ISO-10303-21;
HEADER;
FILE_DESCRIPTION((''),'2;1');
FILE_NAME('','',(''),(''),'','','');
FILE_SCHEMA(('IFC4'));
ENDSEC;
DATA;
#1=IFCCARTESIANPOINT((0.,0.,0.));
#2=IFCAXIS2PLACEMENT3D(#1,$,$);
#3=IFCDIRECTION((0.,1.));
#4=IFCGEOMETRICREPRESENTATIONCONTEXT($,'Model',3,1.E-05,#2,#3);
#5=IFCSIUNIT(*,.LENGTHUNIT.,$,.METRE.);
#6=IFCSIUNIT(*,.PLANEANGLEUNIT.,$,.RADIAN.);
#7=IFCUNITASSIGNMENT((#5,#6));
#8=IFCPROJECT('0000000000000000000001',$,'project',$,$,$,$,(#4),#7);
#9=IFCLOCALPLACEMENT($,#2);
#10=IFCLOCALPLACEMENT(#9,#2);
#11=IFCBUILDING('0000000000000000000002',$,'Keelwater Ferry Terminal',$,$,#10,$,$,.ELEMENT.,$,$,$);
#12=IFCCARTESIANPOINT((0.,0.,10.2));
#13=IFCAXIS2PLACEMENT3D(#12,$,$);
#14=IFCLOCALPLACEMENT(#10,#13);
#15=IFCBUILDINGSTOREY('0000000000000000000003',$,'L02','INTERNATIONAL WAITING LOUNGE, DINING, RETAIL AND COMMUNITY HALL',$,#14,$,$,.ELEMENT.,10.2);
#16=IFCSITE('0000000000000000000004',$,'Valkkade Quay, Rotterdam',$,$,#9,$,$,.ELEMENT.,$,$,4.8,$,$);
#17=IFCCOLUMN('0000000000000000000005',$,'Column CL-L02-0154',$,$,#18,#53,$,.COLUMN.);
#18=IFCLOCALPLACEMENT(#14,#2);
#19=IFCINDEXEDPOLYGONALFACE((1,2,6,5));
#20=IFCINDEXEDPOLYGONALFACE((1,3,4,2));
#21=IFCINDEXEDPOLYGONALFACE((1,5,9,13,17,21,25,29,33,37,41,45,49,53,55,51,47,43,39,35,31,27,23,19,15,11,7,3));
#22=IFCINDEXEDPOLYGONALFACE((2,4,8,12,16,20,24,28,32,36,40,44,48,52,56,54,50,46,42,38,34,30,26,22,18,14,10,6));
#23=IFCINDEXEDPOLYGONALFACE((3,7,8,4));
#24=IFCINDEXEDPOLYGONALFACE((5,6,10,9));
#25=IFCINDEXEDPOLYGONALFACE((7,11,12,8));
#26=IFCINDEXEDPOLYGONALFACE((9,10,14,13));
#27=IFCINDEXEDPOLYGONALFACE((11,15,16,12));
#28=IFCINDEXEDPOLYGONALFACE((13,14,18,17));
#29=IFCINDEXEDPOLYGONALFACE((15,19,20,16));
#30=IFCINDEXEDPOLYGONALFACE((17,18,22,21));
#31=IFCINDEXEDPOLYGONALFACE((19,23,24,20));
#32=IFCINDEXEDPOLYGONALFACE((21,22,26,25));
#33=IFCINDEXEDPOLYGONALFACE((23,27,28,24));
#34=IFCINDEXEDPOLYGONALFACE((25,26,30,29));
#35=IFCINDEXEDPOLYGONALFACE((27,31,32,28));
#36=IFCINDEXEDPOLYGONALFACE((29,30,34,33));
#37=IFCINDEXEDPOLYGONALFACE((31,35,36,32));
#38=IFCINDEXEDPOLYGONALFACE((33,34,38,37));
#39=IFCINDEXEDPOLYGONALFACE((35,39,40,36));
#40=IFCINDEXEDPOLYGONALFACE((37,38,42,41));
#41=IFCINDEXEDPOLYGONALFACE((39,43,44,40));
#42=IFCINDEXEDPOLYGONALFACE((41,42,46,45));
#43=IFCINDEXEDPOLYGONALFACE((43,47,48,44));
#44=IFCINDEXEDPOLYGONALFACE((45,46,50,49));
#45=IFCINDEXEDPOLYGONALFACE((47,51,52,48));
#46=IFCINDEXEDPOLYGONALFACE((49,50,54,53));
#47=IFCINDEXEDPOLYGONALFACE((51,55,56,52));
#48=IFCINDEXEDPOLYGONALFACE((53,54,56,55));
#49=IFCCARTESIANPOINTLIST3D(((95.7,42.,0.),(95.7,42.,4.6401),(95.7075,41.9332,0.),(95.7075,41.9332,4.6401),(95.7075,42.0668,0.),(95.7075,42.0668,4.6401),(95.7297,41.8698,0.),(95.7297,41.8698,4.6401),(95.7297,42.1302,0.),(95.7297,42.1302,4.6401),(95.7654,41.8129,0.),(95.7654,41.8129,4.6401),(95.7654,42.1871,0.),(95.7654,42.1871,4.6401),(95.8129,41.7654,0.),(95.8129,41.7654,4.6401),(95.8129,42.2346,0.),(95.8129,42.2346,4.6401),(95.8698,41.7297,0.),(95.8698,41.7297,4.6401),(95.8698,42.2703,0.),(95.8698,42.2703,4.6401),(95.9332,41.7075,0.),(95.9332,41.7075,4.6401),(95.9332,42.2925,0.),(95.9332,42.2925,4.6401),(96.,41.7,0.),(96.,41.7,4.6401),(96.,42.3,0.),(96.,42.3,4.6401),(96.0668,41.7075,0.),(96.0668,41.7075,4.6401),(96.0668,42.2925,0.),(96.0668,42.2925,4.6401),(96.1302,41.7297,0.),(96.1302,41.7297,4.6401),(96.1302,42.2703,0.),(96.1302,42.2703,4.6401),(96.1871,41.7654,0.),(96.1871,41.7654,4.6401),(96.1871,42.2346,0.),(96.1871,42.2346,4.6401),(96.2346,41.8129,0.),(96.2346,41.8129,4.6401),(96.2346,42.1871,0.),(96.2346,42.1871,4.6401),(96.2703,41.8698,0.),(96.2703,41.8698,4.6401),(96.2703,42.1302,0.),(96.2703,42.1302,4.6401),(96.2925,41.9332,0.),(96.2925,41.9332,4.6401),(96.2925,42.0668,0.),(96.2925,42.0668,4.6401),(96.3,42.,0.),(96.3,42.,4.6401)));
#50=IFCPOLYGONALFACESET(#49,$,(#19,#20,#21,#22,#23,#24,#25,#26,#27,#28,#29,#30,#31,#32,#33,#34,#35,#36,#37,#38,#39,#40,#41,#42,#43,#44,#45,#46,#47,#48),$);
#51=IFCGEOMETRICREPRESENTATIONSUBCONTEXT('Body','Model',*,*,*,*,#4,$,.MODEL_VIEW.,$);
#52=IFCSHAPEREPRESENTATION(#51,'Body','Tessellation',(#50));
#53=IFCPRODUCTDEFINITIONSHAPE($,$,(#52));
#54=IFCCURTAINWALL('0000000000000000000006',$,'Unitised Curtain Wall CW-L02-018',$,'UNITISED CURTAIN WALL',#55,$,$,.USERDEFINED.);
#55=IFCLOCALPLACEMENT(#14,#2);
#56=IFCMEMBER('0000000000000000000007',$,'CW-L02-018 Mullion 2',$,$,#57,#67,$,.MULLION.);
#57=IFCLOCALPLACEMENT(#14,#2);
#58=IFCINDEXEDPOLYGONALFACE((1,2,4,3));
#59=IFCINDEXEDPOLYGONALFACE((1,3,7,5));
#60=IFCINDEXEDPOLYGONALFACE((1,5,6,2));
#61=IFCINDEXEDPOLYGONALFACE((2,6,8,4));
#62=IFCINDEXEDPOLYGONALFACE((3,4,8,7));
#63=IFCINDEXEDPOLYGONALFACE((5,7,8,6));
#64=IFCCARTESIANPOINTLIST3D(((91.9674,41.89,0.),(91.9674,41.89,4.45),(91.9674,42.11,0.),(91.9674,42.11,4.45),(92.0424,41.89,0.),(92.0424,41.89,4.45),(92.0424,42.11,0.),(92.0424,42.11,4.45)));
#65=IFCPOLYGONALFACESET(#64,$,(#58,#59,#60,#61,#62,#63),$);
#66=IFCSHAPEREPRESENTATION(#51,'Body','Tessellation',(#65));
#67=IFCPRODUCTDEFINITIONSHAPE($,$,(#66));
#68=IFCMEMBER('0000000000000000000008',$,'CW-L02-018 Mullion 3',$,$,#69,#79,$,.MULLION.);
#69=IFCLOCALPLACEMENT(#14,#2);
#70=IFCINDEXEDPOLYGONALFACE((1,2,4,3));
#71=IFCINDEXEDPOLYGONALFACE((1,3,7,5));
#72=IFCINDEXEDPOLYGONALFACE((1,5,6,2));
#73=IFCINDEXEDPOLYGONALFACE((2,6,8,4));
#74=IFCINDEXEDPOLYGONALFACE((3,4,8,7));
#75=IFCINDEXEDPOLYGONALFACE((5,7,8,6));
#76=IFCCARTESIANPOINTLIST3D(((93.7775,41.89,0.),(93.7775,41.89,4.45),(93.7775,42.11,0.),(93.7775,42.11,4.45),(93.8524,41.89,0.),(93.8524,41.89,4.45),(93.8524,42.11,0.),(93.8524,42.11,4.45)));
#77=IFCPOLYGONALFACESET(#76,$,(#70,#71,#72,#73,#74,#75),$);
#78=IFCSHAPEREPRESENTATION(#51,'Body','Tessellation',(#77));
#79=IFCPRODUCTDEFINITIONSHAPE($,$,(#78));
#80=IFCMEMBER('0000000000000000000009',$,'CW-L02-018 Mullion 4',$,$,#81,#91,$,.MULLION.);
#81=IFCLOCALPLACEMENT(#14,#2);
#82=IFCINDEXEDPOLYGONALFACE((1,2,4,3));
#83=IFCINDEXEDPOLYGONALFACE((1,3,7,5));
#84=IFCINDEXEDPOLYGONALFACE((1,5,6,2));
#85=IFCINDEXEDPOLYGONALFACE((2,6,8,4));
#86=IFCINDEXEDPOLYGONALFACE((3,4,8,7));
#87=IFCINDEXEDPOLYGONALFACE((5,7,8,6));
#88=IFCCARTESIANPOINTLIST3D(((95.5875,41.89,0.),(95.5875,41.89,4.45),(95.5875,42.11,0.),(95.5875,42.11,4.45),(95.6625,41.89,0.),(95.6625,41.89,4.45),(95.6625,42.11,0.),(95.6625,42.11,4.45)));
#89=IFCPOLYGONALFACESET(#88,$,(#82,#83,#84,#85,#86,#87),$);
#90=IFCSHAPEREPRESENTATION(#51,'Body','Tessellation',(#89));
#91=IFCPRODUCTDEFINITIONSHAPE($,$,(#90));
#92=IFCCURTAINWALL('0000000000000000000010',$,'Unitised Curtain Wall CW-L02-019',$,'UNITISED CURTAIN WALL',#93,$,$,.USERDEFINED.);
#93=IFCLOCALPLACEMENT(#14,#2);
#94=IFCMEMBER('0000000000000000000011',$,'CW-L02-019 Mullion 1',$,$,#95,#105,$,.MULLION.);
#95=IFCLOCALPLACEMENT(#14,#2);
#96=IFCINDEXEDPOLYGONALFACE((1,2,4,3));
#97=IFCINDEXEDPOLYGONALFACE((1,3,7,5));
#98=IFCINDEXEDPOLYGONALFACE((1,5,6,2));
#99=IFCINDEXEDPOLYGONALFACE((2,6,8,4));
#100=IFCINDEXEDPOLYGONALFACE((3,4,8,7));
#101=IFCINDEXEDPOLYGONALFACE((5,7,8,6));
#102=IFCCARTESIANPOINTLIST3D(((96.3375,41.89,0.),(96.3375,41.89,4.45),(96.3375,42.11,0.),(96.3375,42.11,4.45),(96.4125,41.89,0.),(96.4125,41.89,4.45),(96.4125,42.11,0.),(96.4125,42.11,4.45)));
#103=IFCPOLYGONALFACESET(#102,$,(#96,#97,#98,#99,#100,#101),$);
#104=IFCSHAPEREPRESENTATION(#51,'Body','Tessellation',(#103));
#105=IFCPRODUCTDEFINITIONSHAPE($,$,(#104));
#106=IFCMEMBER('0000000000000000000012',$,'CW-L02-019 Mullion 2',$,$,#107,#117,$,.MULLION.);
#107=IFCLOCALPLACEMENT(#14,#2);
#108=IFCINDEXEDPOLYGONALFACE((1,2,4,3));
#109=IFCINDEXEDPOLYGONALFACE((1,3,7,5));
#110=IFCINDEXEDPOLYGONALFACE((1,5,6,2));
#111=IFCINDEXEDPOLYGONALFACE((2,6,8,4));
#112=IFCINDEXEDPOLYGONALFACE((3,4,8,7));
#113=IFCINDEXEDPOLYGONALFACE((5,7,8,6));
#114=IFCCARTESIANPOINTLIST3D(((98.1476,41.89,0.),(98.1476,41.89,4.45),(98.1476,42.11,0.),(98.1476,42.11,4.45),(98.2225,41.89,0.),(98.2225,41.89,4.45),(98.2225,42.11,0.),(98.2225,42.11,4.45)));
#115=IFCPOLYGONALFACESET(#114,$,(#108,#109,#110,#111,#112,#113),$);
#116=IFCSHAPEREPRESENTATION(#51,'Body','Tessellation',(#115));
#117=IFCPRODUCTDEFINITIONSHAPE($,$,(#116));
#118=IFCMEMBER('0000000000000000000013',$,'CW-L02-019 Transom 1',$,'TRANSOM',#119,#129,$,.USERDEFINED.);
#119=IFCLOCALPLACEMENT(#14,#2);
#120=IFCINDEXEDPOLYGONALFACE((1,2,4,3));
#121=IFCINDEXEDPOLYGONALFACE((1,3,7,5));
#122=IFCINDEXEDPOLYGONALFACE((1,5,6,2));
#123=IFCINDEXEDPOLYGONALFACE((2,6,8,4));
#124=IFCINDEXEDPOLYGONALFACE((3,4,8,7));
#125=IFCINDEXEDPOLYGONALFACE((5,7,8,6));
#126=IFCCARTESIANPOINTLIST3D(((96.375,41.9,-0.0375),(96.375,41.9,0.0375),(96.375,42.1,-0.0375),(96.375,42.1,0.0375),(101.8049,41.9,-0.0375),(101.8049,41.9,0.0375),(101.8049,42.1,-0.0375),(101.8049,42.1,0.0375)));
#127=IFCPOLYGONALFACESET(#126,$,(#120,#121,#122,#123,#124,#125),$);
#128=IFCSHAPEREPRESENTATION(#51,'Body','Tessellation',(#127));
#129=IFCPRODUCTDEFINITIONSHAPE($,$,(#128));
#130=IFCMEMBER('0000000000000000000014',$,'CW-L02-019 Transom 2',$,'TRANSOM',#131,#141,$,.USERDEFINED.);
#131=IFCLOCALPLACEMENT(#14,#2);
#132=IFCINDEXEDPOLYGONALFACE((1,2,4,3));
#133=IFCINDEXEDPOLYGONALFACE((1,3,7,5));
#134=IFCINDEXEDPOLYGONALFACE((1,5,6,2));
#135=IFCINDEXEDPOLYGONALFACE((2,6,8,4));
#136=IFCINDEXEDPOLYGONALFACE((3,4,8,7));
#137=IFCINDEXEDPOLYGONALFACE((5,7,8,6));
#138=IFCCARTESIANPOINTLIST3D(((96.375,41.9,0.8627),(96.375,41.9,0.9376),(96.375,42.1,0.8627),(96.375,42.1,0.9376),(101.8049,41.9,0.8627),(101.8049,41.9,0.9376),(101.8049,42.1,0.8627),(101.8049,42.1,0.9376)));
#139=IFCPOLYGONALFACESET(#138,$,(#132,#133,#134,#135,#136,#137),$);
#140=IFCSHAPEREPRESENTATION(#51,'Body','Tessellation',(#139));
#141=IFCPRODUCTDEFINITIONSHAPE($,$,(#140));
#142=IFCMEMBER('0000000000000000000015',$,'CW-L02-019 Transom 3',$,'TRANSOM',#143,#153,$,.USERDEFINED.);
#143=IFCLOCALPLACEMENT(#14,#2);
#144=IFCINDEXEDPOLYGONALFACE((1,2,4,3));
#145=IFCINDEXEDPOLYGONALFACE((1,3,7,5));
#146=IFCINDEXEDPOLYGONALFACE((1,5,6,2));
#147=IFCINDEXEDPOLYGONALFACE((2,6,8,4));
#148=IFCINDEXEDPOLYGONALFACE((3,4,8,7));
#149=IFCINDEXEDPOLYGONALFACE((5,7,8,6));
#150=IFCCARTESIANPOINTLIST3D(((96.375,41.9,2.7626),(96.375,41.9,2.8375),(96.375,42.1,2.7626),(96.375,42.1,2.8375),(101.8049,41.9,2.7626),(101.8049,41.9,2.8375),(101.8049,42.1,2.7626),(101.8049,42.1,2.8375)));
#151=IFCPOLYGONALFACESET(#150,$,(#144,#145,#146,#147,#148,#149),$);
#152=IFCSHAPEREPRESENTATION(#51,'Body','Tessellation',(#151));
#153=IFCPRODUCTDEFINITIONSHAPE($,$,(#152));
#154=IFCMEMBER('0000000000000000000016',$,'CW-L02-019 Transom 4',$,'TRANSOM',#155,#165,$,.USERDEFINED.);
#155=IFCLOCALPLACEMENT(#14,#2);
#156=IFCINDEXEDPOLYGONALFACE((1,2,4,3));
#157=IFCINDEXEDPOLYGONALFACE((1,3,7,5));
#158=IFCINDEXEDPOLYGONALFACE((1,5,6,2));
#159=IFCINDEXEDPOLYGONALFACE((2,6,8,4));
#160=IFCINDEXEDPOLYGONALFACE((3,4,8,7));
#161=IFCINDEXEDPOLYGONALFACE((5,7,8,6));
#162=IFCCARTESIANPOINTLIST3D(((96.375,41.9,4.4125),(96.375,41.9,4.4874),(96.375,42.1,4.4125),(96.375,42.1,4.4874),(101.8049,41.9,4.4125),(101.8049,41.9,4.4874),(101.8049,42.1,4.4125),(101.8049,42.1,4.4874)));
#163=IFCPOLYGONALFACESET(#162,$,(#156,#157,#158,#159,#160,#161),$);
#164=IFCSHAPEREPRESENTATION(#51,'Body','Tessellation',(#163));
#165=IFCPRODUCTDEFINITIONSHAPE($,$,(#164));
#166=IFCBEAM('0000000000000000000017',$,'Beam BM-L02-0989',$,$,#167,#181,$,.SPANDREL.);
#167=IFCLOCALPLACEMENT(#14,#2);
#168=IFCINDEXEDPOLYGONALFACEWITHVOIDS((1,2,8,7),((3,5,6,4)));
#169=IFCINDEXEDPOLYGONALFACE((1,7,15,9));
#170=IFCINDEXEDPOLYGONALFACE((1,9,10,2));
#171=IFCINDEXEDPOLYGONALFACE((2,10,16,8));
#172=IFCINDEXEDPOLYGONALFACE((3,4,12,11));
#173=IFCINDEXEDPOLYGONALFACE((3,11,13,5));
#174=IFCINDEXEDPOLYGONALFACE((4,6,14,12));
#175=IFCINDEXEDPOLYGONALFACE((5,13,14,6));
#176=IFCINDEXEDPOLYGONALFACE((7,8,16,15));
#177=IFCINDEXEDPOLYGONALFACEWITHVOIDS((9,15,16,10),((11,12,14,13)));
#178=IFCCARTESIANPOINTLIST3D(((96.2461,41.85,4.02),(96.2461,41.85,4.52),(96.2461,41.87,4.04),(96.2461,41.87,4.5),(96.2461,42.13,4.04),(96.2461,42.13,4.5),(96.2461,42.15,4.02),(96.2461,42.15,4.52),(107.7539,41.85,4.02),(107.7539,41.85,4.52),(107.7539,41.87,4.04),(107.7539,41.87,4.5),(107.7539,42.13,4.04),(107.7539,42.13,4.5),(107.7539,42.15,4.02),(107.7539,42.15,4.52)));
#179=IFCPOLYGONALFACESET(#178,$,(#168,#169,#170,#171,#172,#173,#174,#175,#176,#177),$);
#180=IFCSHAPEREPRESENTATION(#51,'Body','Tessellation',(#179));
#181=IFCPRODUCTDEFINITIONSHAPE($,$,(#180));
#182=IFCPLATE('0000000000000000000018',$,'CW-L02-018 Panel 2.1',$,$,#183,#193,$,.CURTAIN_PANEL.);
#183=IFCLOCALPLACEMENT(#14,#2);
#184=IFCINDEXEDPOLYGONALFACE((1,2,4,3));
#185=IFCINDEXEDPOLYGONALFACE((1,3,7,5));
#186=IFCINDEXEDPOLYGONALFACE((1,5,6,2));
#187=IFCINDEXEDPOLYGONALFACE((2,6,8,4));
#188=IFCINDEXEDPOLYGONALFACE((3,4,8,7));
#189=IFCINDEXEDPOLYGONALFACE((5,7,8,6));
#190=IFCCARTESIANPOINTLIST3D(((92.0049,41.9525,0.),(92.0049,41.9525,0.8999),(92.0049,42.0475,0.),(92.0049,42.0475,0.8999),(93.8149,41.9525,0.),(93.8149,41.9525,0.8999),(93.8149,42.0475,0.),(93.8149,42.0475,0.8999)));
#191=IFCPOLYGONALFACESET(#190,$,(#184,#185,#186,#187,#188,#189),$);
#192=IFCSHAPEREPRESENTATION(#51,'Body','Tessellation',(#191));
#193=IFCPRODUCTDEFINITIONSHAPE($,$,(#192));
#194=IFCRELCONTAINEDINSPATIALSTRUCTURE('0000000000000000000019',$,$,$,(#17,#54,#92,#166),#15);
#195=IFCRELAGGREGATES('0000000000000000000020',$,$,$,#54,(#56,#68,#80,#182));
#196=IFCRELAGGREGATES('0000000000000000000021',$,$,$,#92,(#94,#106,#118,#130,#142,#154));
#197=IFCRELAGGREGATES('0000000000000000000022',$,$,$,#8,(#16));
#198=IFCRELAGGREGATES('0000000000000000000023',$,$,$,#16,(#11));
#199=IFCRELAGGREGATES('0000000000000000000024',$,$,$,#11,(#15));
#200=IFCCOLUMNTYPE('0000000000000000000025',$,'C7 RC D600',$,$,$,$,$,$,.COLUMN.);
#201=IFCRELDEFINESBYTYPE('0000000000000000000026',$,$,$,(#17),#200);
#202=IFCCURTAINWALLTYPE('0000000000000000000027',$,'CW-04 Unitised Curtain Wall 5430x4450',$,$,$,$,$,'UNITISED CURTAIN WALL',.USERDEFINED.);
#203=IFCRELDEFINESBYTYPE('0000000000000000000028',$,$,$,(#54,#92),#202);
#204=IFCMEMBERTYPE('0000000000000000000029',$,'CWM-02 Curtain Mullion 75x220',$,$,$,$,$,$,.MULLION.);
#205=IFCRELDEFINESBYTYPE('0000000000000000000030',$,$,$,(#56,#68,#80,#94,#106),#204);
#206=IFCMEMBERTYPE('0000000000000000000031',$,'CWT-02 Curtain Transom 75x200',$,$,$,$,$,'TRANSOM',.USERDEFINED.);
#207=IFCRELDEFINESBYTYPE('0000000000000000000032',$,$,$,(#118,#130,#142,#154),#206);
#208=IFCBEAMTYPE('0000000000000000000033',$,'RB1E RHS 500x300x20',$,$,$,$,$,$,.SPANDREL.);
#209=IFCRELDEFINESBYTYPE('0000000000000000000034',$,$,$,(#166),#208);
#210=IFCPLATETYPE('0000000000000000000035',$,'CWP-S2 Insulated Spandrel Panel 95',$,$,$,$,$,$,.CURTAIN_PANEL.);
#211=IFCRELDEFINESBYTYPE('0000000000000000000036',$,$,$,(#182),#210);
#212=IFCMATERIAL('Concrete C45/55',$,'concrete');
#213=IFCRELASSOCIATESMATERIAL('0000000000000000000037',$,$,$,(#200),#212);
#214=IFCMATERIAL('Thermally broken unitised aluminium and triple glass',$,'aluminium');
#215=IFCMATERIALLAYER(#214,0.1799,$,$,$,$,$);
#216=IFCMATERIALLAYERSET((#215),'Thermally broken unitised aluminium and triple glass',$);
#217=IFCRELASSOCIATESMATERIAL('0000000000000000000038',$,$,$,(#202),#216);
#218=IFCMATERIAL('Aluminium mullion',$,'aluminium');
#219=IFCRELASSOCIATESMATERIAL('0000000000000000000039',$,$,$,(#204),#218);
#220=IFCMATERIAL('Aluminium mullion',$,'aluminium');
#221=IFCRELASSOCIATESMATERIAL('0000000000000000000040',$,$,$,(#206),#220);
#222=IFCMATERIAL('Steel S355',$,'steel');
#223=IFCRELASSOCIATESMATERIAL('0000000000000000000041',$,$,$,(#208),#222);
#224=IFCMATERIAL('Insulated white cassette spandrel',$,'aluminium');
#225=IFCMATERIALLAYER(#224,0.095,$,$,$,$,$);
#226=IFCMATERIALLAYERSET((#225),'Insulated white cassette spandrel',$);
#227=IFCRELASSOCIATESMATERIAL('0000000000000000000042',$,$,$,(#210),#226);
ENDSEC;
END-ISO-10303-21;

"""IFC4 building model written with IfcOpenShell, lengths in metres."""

from ifc_helpers import new_model, si_unit, direction, frame, origin, origin_2d, place, context, subcontext, project, spatial, rectangle, hollow_rectangle, circle, extrude, material, layer, layer_set, material_profile, profile_set, type_object, element, aggregate, save


model = new_model("IFC4")

# Units and contexts
model_context = context("Model", 3, precision=1e-05, world=origin(), true_north=direction((0.0, 1.0)))
body_context = subcontext(model_context, "Body", "Model", "MODEL_VIEW")
ifc_project = project(units=[si_unit("LENGTHUNIT", "METRE"), si_unit("PLANEANGLEUNIT", "RADIAN")], contexts=[model_context])

# Site, building, storey
site_placement = place(None, origin())
site = spatial("IfcSite", under=ifc_project, at=site_placement, Name="Valkkade Quay, Rotterdam", CompositionType="ELEMENT", RefElevation=4.8)
building_placement = place(site_placement, origin())
building = spatial("IfcBuilding", under=site, at=building_placement, Name="Keelwater Ferry Terminal", CompositionType="ELEMENT")
storey_placement = place(building_placement, frame((0.0, 0.0, 10.2)))
storey = spatial("IfcBuildingStorey", under=building, at=storey_placement, Name="L02", Description="INTERNATIONAL WAITING LOUNGE, DINING, RETAIL AND COMMUNITY HALL", CompositionType="ELEMENT", Elevation=10.2)

# Column
ifc_material_1 = material(Name="Concrete C45/55", Category="concrete")
ifc_material_profile_1 = material_profile(ifc_material_1, circle(Radius=0.3, at=origin_2d()), Name="RC D600")
ifc_profile_set_1 = profile_set([ifc_material_profile_1], Name="Concrete C45/55")
column_type = type_object("IfcColumnType", Name="C7 RC D600", PredefinedType="COLUMN", material=ifc_profile_set_1)
column_placement = place(storey_placement, frame((96.0, 42.0, 0.0), z_axis=(0.0, 0.0, 1.0), x_axis=(1.0, 0.0, 0.0)))
element("IfcColumn", 1, at=column_placement, inside=storey, type_object=column_type, Name="Column CL-L02-0154", PredefinedType="COLUMN", context=body_context, shape_type="SweptSolid", body=[
    extrude(circle(Radius=0.3, at=origin_2d()), origin(), (0.0, 0.0, 1.0), 4.6401),
])

# Curtain walls, members
ifc_material_2 = material(Name="Thermally broken unitised aluminium and triple glass", Category="aluminium")
ifc_layer_1 = layer(ifc_material_2, 0.1799)
ifc_layer_set_1 = layer_set([ifc_layer_1], Name="Thermally broken unitised aluminium and triple glass")
curtain_wall_type = type_object("IfcCurtainWallType", Name="CW-04 Unitised Curtain Wall 5430x4450", ElementType="UNITISED CURTAIN WALL", PredefinedType="USERDEFINED", material=ifc_layer_set_1)
curtain_wall_1_placement = place(storey_placement, origin())
curtain_wall_1 = element("IfcCurtainWall", 2, at=curtain_wall_1_placement, inside=storey, type_object=curtain_wall_type, Name="Unitised Curtain Wall CW-L02-018", ObjectType="UNITISED CURTAIN WALL", PredefinedType="USERDEFINED")
ifc_material_3 = material(Name="Aluminium mullion", Category="aluminium")
ifc_material_profile_2 = material_profile(ifc_material_3, rectangle(XDim=0.075, YDim=0.22, at=origin_2d()), Name="CWM-02")
ifc_profile_set_2 = profile_set([ifc_material_profile_2], Name="Aluminium mullion")
member_type_1 = type_object("IfcMemberType", Name="CWM-02 Curtain Mullion 75x220", PredefinedType="MULLION", material=ifc_profile_set_2)
member_1_placement = place(storey_placement, frame((92.0049, 42.0, 0.0), z_axis=(0.0, 0.0, 1.0), x_axis=(1.0, 0.0, 0.0)))
member_1 = element("IfcMember", 3, at=member_1_placement, type_object=member_type_1, Name="CW-L02-018 Mullion 2", PredefinedType="MULLION", context=body_context, shape_type="SweptSolid", body=[
    extrude(rectangle(XDim=0.075, YDim=0.22, at=origin_2d()), origin(), (0.0, 0.0, 1.0), 4.45),
])
member_2_placement = place(storey_placement, frame((93.8149, 42.0, 0.0), z_axis=(0.0, 0.0, 1.0), x_axis=(1.0, 0.0, 0.0)))
member_2 = element("IfcMember", 4, at=member_2_placement, type_object=member_type_1, Name="CW-L02-018 Mullion 3", PredefinedType="MULLION", context=body_context, shape_type="SweptSolid", body=[
    extrude(rectangle(XDim=0.075, YDim=0.22, at=origin_2d()), origin(), (0.0, 0.0, 1.0), 4.45),
])
member_3_placement = place(storey_placement, frame((95.625, 42.0, 0.0), z_axis=(0.0, 0.0, 1.0), x_axis=(1.0, 0.0, 0.0)))
member_3 = element("IfcMember", 5, at=member_3_placement, type_object=member_type_1, Name="CW-L02-018 Mullion 4", PredefinedType="MULLION", context=body_context, shape_type="SweptSolid", body=[
    extrude(rectangle(XDim=0.075, YDim=0.22, at=origin_2d()), origin(), (0.0, 0.0, 1.0), 4.45),
])
curtain_wall_2_placement = place(storey_placement, origin())
curtain_wall_2 = element("IfcCurtainWall", 6, at=curtain_wall_2_placement, inside=storey, type_object=curtain_wall_type, Name="Unitised Curtain Wall CW-L02-019", ObjectType="UNITISED CURTAIN WALL", PredefinedType="USERDEFINED")
member_4_placement = place(storey_placement, frame((96.375, 42.0, 0.0), z_axis=(0.0, 0.0, 1.0), x_axis=(1.0, 0.0, 0.0)))
member_4 = element("IfcMember", 7, at=member_4_placement, type_object=member_type_1, Name="CW-L02-019 Mullion 1", PredefinedType="MULLION", context=body_context, shape_type="SweptSolid", body=[
    extrude(rectangle(XDim=0.075, YDim=0.22, at=origin_2d()), origin(), (0.0, 0.0, 1.0), 4.45),
])
member_5_placement = place(storey_placement, frame((98.1851, 42.0, 0.0), z_axis=(0.0, 0.0, 1.0), x_axis=(1.0, 0.0, 0.0)))
member_5 = element("IfcMember", 8, at=member_5_placement, type_object=member_type_1, Name="CW-L02-019 Mullion 2", PredefinedType="MULLION", context=body_context, shape_type="SweptSolid", body=[
    extrude(rectangle(XDim=0.075, YDim=0.22, at=origin_2d()), origin(), (0.0, 0.0, 1.0), 4.45),
])
ifc_material_4 = material(Name="Aluminium mullion", Category="aluminium")
ifc_material_profile_3 = material_profile(ifc_material_4, rectangle(XDim=0.2, YDim=0.075, at=origin_2d()), Name="CWT-02")
ifc_profile_set_3 = profile_set([ifc_material_profile_3], Name="Aluminium mullion")
member_type_2 = type_object("IfcMemberType", Name="CWT-02 Curtain Transom 75x200", ElementType="TRANSOM", PredefinedType="USERDEFINED", material=ifc_profile_set_3)
member_6_placement = place(storey_placement, frame((96.375, 42.0, 0.0), z_axis=(1.0, 0.0, 0.0), x_axis=(0.0, 1.0, 0.0)))
member_6 = element("IfcMember", 9, at=member_6_placement, type_object=member_type_2, Name="CW-L02-019 Transom 1", ObjectType="TRANSOM", PredefinedType="USERDEFINED", context=body_context, shape_type="SweptSolid", body=[
    extrude(rectangle(XDim=0.2, YDim=0.075, at=origin_2d()), origin(), (0.0, 0.0, 1.0), 5.4299),
])
member_7_placement = place(storey_placement, frame((96.375, 42.0, 0.9001), z_axis=(1.0, 0.0, 0.0), x_axis=(0.0, 1.0, 0.0)))
member_7 = element("IfcMember", 10, at=member_7_placement, type_object=member_type_2, Name="CW-L02-019 Transom 2", ObjectType="TRANSOM", PredefinedType="USERDEFINED", context=body_context, shape_type="SweptSolid", body=[
    extrude(rectangle(XDim=0.2, YDim=0.075, at=origin_2d()), origin(), (0.0, 0.0, 1.0), 5.4299),
])
member_8_placement = place(storey_placement, frame((96.375, 42.0, 2.8), z_axis=(1.0, 0.0, 0.0), x_axis=(0.0, 1.0, 0.0)))
member_8 = element("IfcMember", 11, at=member_8_placement, type_object=member_type_2, Name="CW-L02-019 Transom 3", ObjectType="TRANSOM", PredefinedType="USERDEFINED", context=body_context, shape_type="SweptSolid", body=[
    extrude(rectangle(XDim=0.2, YDim=0.075, at=origin_2d()), origin(), (0.0, 0.0, 1.0), 5.4299),
])
member_9_placement = place(storey_placement, frame((96.375, 42.0, 4.45), z_axis=(1.0, 0.0, 0.0), x_axis=(0.0, 1.0, 0.0)))
member_9 = element("IfcMember", 12, at=member_9_placement, type_object=member_type_2, Name="CW-L02-019 Transom 4", ObjectType="TRANSOM", PredefinedType="USERDEFINED", context=body_context, shape_type="SweptSolid", body=[
    extrude(rectangle(XDim=0.2, YDim=0.075, at=origin_2d()), origin(), (0.0, 0.0, 1.0), 5.4299),
])

# Beam
ifc_material_5 = material(Name="Steel S355", Category="steel")
ifc_material_profile_4 = material_profile(ifc_material_5, hollow_rectangle(XDim=0.3, YDim=0.5, WallThickness=0.02, at=origin_2d()), Name="RHS 500x300x20")
ifc_profile_set_4 = profile_set([ifc_material_profile_4], Name="Steel S355")
beam_type = type_object("IfcBeamType", Name="RB1E RHS 500x300x20", PredefinedType="SPANDREL", material=ifc_profile_set_4)
beam_placement = place(storey_placement, frame((96.2461, 42.0, 4.27), z_axis=(1.0, 0.0, 0.0), x_axis=(0.0, 1.0, 0.0)))
element("IfcBeam", 13, at=beam_placement, inside=storey, type_object=beam_type, Name="Beam BM-L02-0989", PredefinedType="SPANDREL", context=body_context, shape_type="SweptSolid", body=[
    extrude(hollow_rectangle(XDim=0.3, YDim=0.5, WallThickness=0.02, at=origin_2d()), origin(), (0.0, 0.0, 1.0), 11.5078),
])

# Plate
ifc_material_6 = material(Name="Insulated white cassette spandrel", Category="aluminium")
ifc_layer_2 = layer(ifc_material_6, 0.095)
ifc_layer_set_2 = layer_set([ifc_layer_2], Name="Insulated white cassette spandrel")
plate_type_1 = type_object("IfcPlateType", Name="CWP-S2 Insulated Spandrel Panel 95", PredefinedType="CURTAIN_PANEL", material=ifc_layer_set_2)
plate_1_placement = place(storey_placement, frame((92.9099, 42.0, 0.0), z_axis=(0.0, 0.0, 1.0), x_axis=(1.0, 0.0, 0.0)))
plate_1 = element("IfcPlate", 14, at=plate_1_placement, type_object=plate_type_1, Name="CW-L02-018 Panel 2.1", PredefinedType="CURTAIN_PANEL", context=body_context, shape_type="SweptSolid", body=[
    extrude(rectangle(XDim=1.8101, YDim=0.095, at=origin_2d()), origin(), (0.0, 0.0, 1.0), 0.8999),
])
aggregate(curtain_wall_1, [member_1, member_2, member_3, plate_1])
aggregate(curtain_wall_2, [member_4, member_5, member_6, member_7, member_8, member_9])

save(model, "model.ifc")
